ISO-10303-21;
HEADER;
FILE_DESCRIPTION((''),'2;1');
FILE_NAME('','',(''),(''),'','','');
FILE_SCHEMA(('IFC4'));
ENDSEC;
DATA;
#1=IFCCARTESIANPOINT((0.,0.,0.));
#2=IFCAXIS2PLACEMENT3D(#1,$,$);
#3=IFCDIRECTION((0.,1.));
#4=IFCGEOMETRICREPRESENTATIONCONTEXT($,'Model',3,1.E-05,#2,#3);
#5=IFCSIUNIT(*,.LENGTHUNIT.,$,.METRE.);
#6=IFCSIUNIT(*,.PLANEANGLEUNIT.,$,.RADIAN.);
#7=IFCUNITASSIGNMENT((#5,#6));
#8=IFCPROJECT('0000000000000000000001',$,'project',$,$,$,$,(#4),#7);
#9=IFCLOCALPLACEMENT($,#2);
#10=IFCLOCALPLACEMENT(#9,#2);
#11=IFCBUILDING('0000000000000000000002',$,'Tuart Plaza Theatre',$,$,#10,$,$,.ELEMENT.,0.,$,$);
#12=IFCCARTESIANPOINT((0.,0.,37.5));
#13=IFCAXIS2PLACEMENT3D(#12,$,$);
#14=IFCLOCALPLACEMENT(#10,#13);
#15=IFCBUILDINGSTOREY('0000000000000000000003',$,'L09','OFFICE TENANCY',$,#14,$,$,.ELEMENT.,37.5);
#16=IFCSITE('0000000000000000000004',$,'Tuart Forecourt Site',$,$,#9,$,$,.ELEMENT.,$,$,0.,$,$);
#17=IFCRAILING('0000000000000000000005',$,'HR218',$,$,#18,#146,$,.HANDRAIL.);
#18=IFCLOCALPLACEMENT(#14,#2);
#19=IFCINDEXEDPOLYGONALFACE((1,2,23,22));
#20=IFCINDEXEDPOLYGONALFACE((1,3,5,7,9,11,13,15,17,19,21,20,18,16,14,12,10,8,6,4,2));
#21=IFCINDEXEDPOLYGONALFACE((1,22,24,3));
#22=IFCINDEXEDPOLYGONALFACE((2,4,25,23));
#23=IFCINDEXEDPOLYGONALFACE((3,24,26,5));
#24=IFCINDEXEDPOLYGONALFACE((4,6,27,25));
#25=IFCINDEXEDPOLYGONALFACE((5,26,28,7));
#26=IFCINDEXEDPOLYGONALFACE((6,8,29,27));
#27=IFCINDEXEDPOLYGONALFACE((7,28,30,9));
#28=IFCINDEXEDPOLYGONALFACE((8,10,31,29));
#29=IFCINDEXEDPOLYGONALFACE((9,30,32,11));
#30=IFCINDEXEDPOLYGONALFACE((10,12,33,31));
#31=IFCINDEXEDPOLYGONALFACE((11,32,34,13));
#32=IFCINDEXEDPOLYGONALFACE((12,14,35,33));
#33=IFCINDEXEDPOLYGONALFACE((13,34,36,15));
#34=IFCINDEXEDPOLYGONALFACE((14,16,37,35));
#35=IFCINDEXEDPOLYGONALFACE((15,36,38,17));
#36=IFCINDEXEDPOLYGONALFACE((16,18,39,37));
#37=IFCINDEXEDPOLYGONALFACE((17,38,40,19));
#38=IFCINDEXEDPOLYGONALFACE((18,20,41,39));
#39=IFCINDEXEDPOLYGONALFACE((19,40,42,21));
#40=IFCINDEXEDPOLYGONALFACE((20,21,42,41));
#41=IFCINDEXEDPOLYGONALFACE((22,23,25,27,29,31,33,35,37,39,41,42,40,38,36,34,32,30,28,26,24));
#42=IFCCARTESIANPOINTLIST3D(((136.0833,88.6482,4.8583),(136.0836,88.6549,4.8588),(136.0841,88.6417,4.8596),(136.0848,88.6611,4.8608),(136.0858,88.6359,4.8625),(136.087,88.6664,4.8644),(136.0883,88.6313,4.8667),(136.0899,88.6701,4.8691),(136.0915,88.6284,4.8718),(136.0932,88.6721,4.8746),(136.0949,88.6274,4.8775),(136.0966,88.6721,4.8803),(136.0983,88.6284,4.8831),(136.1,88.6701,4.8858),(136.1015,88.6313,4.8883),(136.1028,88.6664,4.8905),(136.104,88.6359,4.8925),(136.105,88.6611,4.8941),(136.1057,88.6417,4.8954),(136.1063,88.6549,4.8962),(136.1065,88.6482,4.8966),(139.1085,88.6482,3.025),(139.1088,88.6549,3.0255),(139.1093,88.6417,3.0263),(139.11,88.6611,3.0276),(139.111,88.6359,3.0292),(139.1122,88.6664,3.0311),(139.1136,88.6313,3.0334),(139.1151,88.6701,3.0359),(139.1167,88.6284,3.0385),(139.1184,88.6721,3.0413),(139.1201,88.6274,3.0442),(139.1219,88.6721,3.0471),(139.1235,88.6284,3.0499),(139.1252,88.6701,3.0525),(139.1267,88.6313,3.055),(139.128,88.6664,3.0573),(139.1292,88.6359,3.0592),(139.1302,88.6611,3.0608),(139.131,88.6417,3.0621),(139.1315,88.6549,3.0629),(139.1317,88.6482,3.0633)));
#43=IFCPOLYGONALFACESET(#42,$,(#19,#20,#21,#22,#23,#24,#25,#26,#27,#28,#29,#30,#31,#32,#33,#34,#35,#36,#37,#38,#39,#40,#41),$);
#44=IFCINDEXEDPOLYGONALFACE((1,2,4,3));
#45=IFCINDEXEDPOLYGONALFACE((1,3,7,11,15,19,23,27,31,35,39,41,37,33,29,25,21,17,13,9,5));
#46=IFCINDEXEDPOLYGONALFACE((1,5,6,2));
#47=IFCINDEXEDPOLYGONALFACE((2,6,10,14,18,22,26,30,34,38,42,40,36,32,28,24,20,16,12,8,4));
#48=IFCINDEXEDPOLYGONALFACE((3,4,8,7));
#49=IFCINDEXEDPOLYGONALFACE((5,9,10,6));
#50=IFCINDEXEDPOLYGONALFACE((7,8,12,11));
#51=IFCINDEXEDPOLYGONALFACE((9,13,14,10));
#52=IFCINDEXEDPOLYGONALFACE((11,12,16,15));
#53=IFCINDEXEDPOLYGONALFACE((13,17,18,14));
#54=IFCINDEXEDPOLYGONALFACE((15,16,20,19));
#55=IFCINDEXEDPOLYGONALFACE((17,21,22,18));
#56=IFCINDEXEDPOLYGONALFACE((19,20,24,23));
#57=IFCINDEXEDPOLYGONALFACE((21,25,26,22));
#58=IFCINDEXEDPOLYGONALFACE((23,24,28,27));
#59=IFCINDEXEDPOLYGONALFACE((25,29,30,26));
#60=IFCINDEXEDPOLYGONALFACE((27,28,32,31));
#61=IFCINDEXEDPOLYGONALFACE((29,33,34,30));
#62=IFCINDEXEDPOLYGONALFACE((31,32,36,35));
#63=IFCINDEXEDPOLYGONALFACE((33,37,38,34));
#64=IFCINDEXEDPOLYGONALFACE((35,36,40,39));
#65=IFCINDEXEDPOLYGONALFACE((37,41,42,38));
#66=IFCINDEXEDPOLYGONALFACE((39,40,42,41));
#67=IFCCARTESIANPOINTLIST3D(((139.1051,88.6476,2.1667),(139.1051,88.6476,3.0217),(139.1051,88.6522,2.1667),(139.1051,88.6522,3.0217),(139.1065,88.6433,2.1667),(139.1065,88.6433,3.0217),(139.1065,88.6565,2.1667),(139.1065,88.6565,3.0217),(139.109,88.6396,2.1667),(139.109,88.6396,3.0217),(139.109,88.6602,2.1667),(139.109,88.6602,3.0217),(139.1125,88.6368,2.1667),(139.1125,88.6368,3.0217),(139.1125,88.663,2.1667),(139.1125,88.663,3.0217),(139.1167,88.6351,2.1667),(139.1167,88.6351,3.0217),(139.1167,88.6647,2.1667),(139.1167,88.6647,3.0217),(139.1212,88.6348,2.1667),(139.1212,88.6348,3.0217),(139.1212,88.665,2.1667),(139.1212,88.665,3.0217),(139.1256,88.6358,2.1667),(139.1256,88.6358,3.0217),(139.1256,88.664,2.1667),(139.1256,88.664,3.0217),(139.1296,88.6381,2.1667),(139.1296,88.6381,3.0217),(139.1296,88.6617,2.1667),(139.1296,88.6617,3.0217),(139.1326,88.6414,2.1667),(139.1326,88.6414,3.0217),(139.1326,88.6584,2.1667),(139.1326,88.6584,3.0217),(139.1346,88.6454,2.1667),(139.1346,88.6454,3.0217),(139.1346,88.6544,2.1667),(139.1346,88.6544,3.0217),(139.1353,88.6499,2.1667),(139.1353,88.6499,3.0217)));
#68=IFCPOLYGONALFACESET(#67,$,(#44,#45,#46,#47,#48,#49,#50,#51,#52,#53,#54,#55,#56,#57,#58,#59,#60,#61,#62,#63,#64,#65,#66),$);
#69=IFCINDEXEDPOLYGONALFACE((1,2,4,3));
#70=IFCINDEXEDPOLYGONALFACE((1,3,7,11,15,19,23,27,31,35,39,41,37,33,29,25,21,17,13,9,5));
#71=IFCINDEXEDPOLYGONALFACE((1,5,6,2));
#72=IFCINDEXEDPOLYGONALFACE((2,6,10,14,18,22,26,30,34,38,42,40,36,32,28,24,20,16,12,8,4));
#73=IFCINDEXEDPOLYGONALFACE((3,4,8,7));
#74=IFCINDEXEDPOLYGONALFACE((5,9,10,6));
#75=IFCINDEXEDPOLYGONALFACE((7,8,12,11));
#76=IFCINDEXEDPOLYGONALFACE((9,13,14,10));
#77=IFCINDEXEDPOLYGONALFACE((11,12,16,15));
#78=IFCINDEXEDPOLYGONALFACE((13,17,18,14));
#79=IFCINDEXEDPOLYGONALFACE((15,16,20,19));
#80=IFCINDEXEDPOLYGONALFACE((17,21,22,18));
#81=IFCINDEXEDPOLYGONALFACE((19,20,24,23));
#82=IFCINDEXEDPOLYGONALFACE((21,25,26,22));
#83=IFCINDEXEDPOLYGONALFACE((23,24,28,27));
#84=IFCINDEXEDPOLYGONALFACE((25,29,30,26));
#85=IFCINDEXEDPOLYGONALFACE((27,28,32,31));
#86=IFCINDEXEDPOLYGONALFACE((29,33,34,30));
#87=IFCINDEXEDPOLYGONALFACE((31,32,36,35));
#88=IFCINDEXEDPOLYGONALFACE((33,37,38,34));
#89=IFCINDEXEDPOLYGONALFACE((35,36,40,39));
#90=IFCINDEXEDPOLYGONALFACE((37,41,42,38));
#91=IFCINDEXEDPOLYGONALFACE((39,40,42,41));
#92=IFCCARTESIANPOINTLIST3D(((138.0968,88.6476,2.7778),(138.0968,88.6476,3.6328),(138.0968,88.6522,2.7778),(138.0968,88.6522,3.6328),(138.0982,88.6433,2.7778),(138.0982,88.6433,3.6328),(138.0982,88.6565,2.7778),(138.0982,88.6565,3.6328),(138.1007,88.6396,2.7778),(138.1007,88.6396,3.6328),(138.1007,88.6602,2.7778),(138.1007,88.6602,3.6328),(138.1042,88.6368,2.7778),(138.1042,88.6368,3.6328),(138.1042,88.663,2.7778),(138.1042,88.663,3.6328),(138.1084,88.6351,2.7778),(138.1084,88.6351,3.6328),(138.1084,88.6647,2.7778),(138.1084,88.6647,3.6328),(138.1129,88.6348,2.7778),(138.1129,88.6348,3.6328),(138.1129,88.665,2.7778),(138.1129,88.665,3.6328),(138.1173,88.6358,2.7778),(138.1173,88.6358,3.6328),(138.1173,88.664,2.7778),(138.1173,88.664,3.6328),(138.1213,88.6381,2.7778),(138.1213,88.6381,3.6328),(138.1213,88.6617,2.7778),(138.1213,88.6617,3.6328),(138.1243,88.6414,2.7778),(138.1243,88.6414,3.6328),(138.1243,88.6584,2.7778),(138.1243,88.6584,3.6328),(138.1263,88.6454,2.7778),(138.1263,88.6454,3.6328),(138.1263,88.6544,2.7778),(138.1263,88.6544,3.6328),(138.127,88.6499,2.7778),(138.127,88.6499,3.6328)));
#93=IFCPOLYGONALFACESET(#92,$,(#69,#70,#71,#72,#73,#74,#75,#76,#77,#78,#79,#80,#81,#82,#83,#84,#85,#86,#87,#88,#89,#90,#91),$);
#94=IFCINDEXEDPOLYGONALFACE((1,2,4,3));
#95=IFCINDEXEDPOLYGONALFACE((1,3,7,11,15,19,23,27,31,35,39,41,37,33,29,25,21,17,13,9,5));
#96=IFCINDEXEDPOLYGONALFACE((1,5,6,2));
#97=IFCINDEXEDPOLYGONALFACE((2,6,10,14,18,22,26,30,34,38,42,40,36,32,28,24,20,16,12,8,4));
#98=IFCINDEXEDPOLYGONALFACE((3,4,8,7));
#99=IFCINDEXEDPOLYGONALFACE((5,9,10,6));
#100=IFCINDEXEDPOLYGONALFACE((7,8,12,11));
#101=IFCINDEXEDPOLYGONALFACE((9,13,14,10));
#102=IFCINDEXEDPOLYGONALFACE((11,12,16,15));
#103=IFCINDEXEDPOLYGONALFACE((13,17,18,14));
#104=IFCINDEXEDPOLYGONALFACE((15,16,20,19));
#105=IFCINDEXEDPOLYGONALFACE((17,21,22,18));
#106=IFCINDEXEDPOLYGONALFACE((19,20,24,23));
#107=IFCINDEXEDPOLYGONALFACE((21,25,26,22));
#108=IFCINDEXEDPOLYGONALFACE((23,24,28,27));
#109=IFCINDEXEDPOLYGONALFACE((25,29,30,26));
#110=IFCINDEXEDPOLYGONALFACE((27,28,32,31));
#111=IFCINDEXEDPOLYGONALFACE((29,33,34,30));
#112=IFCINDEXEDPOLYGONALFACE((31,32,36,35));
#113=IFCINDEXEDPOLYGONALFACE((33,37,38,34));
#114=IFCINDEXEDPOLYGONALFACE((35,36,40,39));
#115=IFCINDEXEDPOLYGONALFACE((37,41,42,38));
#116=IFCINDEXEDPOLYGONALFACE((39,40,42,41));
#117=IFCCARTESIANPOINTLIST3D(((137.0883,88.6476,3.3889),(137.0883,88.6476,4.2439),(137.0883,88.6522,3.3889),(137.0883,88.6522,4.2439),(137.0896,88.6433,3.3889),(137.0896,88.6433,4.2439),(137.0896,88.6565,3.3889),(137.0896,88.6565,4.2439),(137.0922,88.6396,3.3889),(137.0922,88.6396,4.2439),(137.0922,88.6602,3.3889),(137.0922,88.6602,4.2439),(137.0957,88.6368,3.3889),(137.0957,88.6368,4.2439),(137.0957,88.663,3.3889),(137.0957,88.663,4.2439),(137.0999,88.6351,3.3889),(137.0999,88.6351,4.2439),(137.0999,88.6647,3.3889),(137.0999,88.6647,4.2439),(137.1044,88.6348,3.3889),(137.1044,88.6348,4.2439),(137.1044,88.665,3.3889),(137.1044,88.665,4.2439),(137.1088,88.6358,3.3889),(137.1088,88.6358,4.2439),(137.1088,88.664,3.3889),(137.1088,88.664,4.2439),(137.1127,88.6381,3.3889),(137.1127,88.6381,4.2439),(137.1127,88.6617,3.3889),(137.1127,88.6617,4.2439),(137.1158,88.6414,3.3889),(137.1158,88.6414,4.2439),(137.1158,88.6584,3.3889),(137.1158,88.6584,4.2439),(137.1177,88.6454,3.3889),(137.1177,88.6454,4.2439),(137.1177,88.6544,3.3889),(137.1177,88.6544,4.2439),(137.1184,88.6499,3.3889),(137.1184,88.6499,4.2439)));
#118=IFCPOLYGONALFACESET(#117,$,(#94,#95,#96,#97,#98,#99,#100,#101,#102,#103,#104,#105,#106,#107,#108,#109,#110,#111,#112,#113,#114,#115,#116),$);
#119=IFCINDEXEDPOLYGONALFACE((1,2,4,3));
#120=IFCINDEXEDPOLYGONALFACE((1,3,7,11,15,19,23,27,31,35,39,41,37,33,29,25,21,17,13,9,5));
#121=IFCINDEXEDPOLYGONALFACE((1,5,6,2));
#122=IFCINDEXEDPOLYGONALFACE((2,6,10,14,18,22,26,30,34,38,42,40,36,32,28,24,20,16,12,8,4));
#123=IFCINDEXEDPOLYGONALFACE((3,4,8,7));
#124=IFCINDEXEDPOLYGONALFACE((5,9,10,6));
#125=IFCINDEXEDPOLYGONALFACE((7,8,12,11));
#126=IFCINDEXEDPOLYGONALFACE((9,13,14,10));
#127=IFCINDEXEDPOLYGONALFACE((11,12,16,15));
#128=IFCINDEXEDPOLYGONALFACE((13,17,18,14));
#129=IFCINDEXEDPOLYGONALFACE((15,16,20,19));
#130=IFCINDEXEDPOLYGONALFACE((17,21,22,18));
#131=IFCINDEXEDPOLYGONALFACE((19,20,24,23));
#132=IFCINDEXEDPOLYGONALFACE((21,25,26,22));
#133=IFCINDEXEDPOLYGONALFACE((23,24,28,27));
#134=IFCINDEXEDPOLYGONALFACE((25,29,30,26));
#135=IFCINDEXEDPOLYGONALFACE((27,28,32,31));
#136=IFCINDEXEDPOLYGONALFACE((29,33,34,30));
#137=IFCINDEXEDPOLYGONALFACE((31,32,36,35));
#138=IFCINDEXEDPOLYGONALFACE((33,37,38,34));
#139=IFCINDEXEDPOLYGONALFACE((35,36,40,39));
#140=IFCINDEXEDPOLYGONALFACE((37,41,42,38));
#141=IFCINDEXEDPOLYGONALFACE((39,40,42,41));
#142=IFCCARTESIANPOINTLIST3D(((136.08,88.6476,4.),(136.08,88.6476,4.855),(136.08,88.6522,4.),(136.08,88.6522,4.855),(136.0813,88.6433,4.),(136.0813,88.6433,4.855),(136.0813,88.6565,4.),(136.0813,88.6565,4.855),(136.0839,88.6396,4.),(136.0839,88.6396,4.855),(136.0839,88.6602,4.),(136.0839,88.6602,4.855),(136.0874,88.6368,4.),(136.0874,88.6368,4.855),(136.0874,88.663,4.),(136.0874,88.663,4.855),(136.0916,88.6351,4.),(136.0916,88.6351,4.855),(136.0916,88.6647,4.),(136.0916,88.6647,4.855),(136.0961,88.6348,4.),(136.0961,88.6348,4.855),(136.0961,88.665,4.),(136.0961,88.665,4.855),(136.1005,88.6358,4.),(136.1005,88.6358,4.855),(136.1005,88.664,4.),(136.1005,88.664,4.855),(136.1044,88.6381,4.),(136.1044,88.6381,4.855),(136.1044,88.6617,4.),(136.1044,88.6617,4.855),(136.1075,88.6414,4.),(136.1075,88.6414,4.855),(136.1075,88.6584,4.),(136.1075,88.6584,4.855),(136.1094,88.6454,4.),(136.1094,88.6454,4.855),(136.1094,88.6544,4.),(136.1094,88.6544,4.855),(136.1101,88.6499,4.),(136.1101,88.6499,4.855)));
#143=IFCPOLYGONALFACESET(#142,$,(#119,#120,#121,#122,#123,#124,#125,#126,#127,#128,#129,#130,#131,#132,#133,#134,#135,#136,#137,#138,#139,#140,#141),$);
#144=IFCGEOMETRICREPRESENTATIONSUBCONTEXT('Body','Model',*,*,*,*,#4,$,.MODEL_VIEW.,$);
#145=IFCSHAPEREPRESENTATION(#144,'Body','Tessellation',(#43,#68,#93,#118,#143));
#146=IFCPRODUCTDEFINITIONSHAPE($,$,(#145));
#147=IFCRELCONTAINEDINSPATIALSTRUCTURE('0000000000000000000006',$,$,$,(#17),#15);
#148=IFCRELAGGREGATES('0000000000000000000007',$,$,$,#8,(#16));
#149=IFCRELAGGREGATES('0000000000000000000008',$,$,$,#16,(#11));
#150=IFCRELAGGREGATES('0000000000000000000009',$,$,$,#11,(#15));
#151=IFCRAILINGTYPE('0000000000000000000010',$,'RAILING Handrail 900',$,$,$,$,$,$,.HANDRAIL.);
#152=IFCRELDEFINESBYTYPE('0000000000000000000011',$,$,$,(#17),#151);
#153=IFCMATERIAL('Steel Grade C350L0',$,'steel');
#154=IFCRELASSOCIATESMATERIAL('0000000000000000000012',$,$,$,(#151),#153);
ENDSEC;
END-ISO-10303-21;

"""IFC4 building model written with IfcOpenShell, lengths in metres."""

from ifc_helpers import new_model, si_unit, direction, frame, origin, origin_2d, place, context, subcontext, project, spatial, circle, extrude, material, type_object, element, save


model = new_model("IFC4")

# Units and contexts
model_context = context("Model", 3, precision=1e-05, world=origin(), true_north=direction((0.0, 1.0)))
body_context = subcontext(model_context, "Body", "Model", "MODEL_VIEW")
ifc_project = project(units=[si_unit("LENGTHUNIT", "METRE"), si_unit("PLANEANGLEUNIT", "RADIAN")], contexts=[model_context])

# Site, building, storey
site_placement = place(None, origin())
site = spatial("IfcSite", under=ifc_project, at=site_placement, Name="Tuart Forecourt Site", CompositionType="ELEMENT", RefElevation=0.0)
building_placement = place(site_placement, origin())
building = spatial("IfcBuilding", under=site, at=building_placement, Name="Tuart Plaza Theatre", CompositionType="ELEMENT", ElevationOfRefHeight=0.0)
storey_placement = place(building_placement, frame((0.0, 0.0, 37.5)))
storey = spatial("IfcBuildingStorey", under=building, at=storey_placement, Name="L09", Description="OFFICE TENANCY", CompositionType="ELEMENT", Elevation=37.5)

# Railing
ifc_material_1 = material(Name="Steel Grade C350L0", Category="steel")
railing_type_1 = type_object("IfcRailingType", Name="RAILING Handrail 900", PredefinedType="HANDRAIL", material=ifc_material_1)
for number, where, name in (
    (1, (139.1201, 88.6499, 2.1667), "HR218"),
):
    element("IfcRailing", number, at=place(storey_placement, frame(where)), inside=storey, type_object=railing_type_1, Name=name, PredefinedType="HANDRAIL", context=body_context, shape_type="SweptSolid", body=[
        extrude(circle(Radius=0.0225, at=origin_2d()), frame((0.0, 0.0, 0.8774), z_axis=(-0.855219, 0.0, 0.518267), x_axis=(0.0, -1.0, 0.0)), (0.0, 0.0, 1.0), 3.5374),
        extrude(circle(Radius=0.0151, at=origin_2d()), origin(), (0.0, 0.0, 1.0), 0.855),
        extrude(circle(Radius=0.0151, at=origin_2d()), frame((-1.0083, 0.0, 0.6111)), (0.0, 0.0, 1.0), 0.855),
        extrude(circle(Radius=0.0151, at=origin_2d()), frame((-2.0168, 0.0, 1.2222)), (0.0, 0.0, 1.0), 0.855),
        extrude(circle(Radius=0.0151, at=origin_2d()), frame((-3.0251, 0.0, 1.8333)), (0.0, 0.0, 1.0), 0.855),
    ])

save(model, "model.ifc")
